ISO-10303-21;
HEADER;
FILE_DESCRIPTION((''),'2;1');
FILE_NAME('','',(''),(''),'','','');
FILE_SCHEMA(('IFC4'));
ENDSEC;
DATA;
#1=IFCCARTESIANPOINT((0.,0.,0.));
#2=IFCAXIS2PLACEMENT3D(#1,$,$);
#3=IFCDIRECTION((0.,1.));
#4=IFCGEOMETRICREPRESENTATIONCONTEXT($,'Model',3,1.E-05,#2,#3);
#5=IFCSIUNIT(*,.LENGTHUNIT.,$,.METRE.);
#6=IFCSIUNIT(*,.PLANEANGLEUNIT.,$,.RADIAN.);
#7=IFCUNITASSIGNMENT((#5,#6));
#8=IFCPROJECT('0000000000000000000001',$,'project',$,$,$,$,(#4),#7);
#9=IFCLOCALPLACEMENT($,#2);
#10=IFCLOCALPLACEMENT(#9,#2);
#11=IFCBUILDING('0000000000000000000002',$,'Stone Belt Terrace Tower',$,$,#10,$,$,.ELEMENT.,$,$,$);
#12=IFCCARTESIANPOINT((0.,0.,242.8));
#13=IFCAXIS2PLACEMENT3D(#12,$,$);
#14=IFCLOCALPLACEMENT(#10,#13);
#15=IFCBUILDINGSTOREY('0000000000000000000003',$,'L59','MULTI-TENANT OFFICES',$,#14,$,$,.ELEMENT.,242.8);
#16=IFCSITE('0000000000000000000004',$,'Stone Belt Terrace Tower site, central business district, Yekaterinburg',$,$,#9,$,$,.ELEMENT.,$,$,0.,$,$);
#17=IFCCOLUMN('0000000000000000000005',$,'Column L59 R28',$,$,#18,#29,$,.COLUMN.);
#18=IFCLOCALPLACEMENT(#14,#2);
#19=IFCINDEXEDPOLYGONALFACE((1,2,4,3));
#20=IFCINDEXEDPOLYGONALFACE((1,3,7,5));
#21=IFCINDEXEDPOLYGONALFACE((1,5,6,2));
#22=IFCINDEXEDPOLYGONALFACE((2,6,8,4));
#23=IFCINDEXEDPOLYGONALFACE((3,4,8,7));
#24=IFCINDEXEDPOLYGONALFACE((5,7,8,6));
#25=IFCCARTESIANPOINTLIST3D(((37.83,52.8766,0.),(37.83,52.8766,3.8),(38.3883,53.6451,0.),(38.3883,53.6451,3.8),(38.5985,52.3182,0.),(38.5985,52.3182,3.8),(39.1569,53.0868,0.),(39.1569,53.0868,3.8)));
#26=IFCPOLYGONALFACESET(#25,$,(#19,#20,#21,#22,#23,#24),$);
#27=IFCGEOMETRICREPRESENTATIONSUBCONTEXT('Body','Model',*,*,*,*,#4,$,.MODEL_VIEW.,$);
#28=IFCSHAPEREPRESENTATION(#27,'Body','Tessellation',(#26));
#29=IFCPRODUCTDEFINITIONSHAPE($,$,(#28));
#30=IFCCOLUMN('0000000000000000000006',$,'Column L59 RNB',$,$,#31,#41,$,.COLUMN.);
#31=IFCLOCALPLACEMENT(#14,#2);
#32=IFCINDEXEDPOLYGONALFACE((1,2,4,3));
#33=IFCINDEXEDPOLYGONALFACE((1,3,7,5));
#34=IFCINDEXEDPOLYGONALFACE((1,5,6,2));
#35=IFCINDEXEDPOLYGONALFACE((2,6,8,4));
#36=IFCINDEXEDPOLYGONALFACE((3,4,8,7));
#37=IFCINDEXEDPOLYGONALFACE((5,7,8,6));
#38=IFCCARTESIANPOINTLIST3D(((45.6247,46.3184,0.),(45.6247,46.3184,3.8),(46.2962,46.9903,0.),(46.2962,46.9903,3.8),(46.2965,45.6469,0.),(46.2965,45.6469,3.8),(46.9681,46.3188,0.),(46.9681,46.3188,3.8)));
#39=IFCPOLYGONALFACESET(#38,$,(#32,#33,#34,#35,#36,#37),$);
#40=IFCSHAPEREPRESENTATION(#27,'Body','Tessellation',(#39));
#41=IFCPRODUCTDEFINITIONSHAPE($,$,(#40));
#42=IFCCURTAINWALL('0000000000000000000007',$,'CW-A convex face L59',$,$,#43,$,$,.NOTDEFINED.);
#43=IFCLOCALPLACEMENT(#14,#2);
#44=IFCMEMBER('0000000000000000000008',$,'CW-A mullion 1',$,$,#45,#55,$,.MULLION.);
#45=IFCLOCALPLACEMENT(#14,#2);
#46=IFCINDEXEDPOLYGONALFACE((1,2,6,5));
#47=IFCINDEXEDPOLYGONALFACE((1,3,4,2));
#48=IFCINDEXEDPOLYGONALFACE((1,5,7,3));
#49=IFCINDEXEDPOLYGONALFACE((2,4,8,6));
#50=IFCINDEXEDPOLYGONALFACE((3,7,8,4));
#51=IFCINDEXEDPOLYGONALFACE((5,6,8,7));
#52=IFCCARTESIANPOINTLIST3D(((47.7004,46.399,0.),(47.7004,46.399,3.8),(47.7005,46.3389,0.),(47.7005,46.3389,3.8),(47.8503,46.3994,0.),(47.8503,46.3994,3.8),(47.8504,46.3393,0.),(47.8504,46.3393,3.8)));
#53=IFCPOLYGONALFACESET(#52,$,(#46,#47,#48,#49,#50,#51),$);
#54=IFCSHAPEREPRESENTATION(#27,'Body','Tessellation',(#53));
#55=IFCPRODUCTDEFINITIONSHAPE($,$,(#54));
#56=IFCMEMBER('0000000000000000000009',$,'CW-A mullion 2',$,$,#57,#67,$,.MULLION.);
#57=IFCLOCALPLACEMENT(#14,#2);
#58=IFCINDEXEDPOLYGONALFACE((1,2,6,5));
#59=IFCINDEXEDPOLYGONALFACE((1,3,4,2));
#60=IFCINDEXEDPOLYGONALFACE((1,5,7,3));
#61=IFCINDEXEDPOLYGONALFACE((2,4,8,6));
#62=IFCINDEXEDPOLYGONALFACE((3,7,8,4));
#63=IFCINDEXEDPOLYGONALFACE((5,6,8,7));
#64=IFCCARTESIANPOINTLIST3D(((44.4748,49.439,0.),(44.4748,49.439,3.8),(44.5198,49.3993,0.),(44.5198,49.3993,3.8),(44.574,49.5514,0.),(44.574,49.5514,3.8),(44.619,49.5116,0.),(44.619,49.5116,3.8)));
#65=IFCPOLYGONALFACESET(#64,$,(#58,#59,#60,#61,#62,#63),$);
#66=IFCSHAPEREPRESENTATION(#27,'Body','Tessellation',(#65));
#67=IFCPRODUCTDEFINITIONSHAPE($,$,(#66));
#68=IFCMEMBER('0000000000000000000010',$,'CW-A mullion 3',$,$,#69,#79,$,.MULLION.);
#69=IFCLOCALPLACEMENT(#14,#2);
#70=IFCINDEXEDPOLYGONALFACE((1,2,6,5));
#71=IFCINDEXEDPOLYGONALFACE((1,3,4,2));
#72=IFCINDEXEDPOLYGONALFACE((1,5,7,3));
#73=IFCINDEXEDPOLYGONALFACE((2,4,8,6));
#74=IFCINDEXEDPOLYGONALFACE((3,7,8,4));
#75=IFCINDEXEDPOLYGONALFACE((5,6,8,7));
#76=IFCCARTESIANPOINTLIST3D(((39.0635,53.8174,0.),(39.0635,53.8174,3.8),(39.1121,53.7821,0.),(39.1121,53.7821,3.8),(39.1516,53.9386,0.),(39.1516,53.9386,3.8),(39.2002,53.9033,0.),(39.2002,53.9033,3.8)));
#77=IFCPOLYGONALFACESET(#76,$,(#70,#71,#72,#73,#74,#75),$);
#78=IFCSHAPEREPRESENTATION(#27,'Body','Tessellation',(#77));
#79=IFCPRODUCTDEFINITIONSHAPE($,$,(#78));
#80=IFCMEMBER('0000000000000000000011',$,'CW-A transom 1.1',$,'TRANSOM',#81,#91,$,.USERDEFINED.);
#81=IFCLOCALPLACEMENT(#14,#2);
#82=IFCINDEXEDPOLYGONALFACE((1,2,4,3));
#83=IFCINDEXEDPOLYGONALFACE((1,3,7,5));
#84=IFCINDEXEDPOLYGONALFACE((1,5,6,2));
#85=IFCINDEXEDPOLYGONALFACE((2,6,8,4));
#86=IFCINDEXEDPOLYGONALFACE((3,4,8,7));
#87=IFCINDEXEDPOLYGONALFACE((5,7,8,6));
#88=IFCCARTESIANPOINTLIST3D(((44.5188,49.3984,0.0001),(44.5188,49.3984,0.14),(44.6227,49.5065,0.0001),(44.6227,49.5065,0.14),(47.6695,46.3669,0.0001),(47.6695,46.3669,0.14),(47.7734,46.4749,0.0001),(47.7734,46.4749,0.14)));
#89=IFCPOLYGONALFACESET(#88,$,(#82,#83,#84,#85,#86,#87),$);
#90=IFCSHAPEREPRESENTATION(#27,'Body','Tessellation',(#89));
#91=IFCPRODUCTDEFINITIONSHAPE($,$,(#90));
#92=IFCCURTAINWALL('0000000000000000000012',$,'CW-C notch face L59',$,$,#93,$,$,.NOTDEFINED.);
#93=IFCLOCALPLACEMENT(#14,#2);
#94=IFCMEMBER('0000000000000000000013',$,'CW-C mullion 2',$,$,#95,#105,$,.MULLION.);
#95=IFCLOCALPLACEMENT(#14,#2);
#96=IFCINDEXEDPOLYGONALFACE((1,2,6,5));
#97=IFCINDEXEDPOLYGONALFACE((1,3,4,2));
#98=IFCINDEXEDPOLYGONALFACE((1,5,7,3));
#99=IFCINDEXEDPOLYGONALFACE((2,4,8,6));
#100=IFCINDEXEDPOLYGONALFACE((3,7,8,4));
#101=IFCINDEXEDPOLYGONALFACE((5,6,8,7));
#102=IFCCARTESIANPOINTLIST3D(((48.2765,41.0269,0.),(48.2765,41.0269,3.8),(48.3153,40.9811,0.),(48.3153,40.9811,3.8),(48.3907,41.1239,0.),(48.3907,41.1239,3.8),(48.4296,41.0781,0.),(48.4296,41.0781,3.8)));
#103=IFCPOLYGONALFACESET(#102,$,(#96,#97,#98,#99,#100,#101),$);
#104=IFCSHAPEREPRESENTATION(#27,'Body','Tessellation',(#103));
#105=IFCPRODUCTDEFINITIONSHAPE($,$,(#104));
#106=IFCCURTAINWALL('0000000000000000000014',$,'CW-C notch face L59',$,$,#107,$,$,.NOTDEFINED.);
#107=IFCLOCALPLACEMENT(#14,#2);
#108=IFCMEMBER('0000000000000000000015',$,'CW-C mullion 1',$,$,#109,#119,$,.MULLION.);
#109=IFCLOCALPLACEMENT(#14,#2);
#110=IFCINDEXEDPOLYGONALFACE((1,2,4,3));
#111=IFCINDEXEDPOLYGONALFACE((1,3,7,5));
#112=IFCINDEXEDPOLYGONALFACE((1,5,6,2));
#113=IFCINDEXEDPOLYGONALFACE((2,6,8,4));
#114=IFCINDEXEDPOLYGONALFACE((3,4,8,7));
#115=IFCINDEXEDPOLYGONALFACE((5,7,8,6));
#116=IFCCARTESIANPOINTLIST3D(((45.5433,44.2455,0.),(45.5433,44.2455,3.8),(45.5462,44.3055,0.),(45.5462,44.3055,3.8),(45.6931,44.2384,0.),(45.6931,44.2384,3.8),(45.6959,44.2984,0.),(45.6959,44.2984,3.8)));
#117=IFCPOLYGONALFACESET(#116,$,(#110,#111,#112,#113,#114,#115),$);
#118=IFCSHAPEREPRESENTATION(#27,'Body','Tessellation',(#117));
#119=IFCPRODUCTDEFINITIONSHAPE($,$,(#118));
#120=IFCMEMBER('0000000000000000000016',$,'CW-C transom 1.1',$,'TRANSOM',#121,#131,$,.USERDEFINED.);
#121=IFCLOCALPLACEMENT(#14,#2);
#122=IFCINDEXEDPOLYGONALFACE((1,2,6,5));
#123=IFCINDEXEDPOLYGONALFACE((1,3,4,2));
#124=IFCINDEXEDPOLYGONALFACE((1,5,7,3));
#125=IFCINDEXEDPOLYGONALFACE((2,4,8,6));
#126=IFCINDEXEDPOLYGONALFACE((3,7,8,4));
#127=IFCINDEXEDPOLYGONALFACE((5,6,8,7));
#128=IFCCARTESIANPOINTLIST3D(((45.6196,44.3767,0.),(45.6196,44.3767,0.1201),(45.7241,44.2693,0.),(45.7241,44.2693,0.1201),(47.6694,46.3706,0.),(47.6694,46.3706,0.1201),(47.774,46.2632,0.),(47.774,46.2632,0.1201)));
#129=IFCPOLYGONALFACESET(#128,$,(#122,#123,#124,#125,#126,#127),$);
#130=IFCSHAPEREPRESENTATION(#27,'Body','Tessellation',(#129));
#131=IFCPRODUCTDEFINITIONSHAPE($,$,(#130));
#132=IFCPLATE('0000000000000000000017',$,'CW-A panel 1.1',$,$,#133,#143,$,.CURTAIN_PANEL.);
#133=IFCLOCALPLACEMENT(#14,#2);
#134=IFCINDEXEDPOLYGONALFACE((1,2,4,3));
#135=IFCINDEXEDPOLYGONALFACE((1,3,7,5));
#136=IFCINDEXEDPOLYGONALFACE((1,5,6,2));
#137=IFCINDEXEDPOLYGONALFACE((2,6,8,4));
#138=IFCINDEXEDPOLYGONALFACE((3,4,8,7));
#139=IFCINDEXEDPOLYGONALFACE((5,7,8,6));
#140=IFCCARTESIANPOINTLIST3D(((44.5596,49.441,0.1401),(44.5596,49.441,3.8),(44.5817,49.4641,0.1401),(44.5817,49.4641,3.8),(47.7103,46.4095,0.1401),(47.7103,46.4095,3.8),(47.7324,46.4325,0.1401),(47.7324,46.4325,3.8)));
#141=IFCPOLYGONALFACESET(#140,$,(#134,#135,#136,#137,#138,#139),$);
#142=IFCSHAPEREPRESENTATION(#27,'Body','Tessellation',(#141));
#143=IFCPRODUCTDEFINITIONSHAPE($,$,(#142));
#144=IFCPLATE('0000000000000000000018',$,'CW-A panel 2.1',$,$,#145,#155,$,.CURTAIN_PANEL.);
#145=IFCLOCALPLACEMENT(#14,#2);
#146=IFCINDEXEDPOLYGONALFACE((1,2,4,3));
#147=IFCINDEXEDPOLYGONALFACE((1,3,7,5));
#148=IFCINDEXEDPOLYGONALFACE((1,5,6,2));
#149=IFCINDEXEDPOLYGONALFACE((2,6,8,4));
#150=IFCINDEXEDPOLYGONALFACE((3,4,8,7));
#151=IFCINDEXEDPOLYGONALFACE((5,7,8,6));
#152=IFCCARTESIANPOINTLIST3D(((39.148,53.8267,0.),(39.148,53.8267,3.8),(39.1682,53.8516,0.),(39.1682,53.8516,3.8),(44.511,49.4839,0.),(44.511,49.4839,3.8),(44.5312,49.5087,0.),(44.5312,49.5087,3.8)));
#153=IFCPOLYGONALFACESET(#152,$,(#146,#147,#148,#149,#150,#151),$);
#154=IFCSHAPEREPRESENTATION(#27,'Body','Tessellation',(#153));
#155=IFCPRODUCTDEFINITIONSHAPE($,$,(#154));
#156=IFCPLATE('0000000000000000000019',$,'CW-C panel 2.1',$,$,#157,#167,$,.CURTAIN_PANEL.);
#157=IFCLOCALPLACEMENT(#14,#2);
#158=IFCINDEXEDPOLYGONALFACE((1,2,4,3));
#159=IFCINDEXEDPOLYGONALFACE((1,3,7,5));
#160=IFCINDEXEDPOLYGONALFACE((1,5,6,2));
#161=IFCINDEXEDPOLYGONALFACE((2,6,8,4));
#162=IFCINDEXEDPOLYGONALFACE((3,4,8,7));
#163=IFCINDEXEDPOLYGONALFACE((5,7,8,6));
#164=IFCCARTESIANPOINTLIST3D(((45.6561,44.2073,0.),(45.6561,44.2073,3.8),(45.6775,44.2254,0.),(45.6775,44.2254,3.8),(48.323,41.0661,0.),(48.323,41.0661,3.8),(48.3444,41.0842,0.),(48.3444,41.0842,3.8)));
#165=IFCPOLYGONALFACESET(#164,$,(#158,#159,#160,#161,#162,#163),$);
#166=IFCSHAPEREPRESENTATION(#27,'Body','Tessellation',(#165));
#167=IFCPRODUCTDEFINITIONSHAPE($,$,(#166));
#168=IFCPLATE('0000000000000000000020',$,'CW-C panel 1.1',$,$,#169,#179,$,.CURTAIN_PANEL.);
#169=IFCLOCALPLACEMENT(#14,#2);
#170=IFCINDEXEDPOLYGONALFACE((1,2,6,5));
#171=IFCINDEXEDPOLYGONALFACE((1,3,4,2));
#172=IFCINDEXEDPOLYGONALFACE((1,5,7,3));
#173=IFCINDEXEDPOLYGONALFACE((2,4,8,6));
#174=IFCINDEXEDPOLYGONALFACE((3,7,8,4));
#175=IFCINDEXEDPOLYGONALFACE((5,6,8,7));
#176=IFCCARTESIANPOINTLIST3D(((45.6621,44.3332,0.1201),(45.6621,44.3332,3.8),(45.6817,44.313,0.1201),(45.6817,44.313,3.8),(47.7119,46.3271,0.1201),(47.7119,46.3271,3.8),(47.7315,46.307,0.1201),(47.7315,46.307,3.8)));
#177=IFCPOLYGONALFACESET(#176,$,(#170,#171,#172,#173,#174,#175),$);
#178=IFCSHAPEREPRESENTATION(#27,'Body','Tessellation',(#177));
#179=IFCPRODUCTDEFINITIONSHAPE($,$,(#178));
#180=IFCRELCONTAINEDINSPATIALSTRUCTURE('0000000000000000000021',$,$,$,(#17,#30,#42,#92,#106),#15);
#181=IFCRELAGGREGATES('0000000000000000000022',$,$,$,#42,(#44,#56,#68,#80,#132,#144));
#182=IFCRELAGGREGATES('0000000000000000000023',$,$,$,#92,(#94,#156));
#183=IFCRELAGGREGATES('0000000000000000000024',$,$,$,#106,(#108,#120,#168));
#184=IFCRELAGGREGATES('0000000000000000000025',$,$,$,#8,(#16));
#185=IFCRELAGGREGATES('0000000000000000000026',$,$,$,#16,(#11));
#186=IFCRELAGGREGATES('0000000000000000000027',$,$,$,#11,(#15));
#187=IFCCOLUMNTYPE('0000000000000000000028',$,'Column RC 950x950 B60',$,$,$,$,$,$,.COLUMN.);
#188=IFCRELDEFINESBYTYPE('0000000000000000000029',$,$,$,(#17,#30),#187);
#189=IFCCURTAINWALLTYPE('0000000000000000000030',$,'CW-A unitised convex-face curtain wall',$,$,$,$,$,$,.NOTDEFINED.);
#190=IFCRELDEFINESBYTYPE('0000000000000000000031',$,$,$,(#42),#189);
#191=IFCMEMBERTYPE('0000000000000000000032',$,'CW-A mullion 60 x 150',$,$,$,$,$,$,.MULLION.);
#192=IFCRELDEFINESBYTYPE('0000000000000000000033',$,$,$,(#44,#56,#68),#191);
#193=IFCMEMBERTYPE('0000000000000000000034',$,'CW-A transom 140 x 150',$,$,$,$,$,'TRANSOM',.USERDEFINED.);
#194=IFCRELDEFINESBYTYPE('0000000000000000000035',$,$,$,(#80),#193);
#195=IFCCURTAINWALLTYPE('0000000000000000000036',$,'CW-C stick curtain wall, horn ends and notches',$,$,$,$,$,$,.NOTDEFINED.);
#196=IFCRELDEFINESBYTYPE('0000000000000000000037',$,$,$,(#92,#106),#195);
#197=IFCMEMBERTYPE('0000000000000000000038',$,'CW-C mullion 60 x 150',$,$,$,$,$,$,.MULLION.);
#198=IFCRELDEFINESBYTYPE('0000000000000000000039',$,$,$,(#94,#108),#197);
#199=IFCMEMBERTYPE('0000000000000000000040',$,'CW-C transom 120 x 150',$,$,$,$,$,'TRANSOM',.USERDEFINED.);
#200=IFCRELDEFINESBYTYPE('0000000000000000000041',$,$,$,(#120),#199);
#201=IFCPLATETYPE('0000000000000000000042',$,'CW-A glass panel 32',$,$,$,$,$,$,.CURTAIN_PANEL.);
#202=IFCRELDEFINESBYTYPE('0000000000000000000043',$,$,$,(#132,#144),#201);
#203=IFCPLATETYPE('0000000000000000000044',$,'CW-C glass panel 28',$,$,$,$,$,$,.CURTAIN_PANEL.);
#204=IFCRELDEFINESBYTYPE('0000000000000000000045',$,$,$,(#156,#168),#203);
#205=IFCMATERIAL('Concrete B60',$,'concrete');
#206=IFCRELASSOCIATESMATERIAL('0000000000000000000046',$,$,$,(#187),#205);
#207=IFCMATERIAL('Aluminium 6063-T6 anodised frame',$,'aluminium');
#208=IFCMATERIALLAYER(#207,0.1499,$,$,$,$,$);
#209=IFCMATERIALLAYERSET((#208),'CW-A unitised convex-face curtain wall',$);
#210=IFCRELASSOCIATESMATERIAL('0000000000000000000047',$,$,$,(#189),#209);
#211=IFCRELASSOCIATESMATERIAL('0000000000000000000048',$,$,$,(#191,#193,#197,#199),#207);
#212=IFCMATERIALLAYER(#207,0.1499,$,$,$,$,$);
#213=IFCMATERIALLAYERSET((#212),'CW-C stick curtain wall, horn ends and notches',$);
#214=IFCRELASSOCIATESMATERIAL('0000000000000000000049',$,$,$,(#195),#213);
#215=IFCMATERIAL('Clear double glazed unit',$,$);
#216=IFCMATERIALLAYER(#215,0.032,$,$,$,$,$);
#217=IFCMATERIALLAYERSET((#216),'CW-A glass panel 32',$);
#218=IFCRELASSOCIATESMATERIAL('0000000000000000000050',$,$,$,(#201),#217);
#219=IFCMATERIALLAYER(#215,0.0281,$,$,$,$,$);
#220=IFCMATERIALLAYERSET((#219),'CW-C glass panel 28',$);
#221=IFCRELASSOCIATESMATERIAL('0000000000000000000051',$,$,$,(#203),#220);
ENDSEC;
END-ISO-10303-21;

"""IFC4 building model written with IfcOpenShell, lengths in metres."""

from ifc_helpers import new_model, si_unit, direction, frame, origin, origin_2d, place, context, subcontext, project, spatial, rectangle, extrude, material, layer, layer_set, material_profile, profile_set, type_object, element, aggregate, save


model = new_model("IFC4")

# Units and contexts
model_context = context("Model", 3, precision=1e-05, world=origin(), true_north=direction((0.0, 1.0)))
body_context = subcontext(model_context, "Body", "Model", "MODEL_VIEW")
ifc_project = project(units=[si_unit("LENGTHUNIT", "METRE"), si_unit("PLANEANGLEUNIT", "RADIAN")], contexts=[model_context])

# Site, building, storey
site_placement = place(None, origin())
site = spatial("IfcSite", under=ifc_project, at=site_placement, Name="Stone Belt Terrace Tower site, central business district, Yekaterinburg", CompositionType="ELEMENT", RefElevation=0.0)
building_placement = place(site_placement, origin())
building = spatial("IfcBuilding", under=site, at=building_placement, Name="Stone Belt Terrace Tower", CompositionType="ELEMENT")
storey_placement = place(building_placement, frame((0.0, 0.0, 242.8)))
storey = spatial("IfcBuildingStorey", under=building, at=storey_placement, Name="L59", Description="MULTI-TENANT OFFICES", CompositionType="ELEMENT", Elevation=242.8)

# Columns
ifc_material_1 = material(Name="Concrete B60", Category="concrete")
ifc_material_profile_1 = material_profile(ifc_material_1, rectangle(XDim=0.95, YDim=0.95, at=origin_2d()), Name="RC 950x950")
ifc_profile_set_1 = profile_set([ifc_material_profile_1], Name="Concrete B60")
column_type = type_object("IfcColumnType", Name="Column RC 950x950 B60", PredefinedType="COLUMN", material=ifc_profile_set_1)
for number, where, z_axis, x_axis, name in (
    (1, (38.4934, 52.9817, 0.0), (0.0, 0.0, 1.0), (0.809017, -0.587785, 0.0), "Column L59 R28"),
    (2, (46.2964, 46.3186, 0.0), (0.0, 0.0, 1.0), (0.707276, -0.706938, 0.0), "Column L59 RNB"),
):
    element("IfcColumn", number, at=place(storey_placement, frame(where, z_axis=z_axis, x_axis=x_axis)), inside=storey, type_object=column_type, Name=name, PredefinedType="COLUMN", context=body_context, shape_type="SweptSolid", body=[
        extrude(rectangle(XDim=0.95, YDim=0.95, at=origin_2d()), origin(), (0.0, 0.0, 1.0), 3.8),
    ])

# Curtain wall, members
ifc_material_2 = material(Name="Aluminium 6063-T6 anodised frame", Category="aluminium")
ifc_layer_1 = layer(ifc_material_2, 0.1499)
ifc_layer_set_1 = layer_set([ifc_layer_1], Name="CW-A unitised convex-face curtain wall")
curtain_wall_type_1 = type_object("IfcCurtainWallType", Name="CW-A unitised convex-face curtain wall", PredefinedType="NOTDEFINED", material=ifc_layer_set_1)
curtain_wall_1_placement = place(storey_placement, origin())
curtain_wall_1 = element("IfcCurtainWall", 3, at=curtain_wall_1_placement, inside=storey, type_object=curtain_wall_type_1, Name="CW-A convex face L59", PredefinedType="NOTDEFINED")
ifc_material_profile_2 = material_profile(ifc_material_2, rectangle(XDim=0.1499, YDim=0.0601, at=origin_2d()), Name="Aluminium 6063-T6 60x150")
ifc_profile_set_2 = profile_set([ifc_material_profile_2], Name="Aluminium 6063-T6 anodised frame")
member_type_1 = type_object("IfcMemberType", Name="CW-A mullion 60 x 150", PredefinedType="MULLION", material=ifc_profile_set_2)
member_1_placement = place(storey_placement, frame((47.7754, 46.3691, 0.0), z_axis=(0.0, 0.0, 1.0), x_axis=(-0.999996, -0.002733, 0.0)))
member_1 = element("IfcMember", 4, at=member_1_placement, type_object=member_type_1, Name="CW-A mullion 1", PredefinedType="MULLION", context=body_context, shape_type="SweptSolid", body=[
    extrude(rectangle(XDim=0.1499, YDim=0.0601, at=origin_2d()), origin(), (0.0, 0.0, 1.0), 3.8),
])
member_2_placement = place(storey_placement, frame((44.5469, 49.4753, 0.0), z_axis=(0.0, 0.0, 1.0), x_axis=(-0.661937, -0.749559, 0.0)))
member_2 = element("IfcMember", 5, at=member_2_placement, type_object=member_type_1, Name="CW-A mullion 2", PredefinedType="MULLION", context=body_context, shape_type="SweptSolid", body=[
    extrude(rectangle(XDim=0.1499, YDim=0.0601, at=origin_2d()), origin(), (0.0, 0.0, 1.0), 3.8),
])
member_3_placement = place(storey_placement, frame((39.1318, 53.8604, 0.0), z_axis=(0.0, 0.0, 1.0), x_axis=(-0.587785, -0.809017, 0.0)))
member_3 = element("IfcMember", 6, at=member_3_placement, type_object=member_type_1, Name="CW-A mullion 3", PredefinedType="MULLION", context=body_context, shape_type="SweptSolid", body=[
    extrude(rectangle(XDim=0.1499, YDim=0.0601, at=origin_2d()), origin(), (0.0, 0.0, 1.0), 3.8),
])
ifc_material_profile_3 = material_profile(ifc_material_2, rectangle(XDim=0.1499, YDim=0.1399, at=origin_2d()), Name="Aluminium 6063-T6 150x140")
ifc_profile_set_3 = profile_set([ifc_material_profile_3], Name="Aluminium 6063-T6 anodised frame")
member_type_2 = type_object("IfcMemberType", Name="CW-A transom 140 x 150", ElementType="TRANSOM", PredefinedType="USERDEFINED", material=ifc_profile_set_3)
member_4_placement = place(storey_placement, frame((47.7214, 46.4209, 0.0701), z_axis=(-0.7206, 0.693351, 0.0), x_axis=(-0.693351, -0.7206, 0.0)))
member_4 = element("IfcMember", 7, at=member_4_placement, type_object=member_type_2, Name="CW-A transom 1.1", ObjectType="TRANSOM", PredefinedType="USERDEFINED", context=body_context, shape_type="SweptSolid", body=[
    extrude(rectangle(XDim=0.1499, YDim=0.1399, at=origin_2d()), origin(), (0.0, 0.0, 1.0), 4.3723),
])

# Curtain wall, member
ifc_layer_2 = layer(ifc_material_2, 0.1499)
ifc_layer_set_2 = layer_set([ifc_layer_2], Name="CW-C stick curtain wall, horn ends and notches")
curtain_wall_type_2 = type_object("IfcCurtainWallType", Name="CW-C stick curtain wall, horn ends and notches", PredefinedType="NOTDEFINED", material=ifc_layer_set_2)
curtain_wall_2_placement = place(storey_placement, origin())
curtain_wall_2 = element("IfcCurtainWall", 8, at=curtain_wall_2_placement, inside=storey, type_object=curtain_wall_type_2, Name="CW-C notch face L59", PredefinedType="NOTDEFINED")
ifc_material_profile_4 = material_profile(ifc_material_2, rectangle(XDim=0.1499, YDim=0.0601, at=origin_2d()), Name="Aluminium 6063-T6 60x150")
ifc_profile_set_4 = profile_set([ifc_material_profile_4], Name="Aluminium 6063-T6 anodised frame")
member_type_3 = type_object("IfcMemberType", Name="CW-C mullion 60 x 150", PredefinedType="MULLION", material=ifc_profile_set_4)
member_5_placement = place(storey_placement, frame((48.353, 41.0525, 0.0), z_axis=(0.0, 0.0, 1.0), x_axis=(-0.762311, -0.647211, 0.0)))
member_5 = element("IfcMember", 9, at=member_5_placement, type_object=member_type_3, Name="CW-C mullion 2", PredefinedType="MULLION", context=body_context, shape_type="SweptSolid", body=[
    extrude(rectangle(XDim=0.1499, YDim=0.0601, at=origin_2d()), origin(), (0.0, 0.0, 1.0), 3.8),
])

# Curtain wall, members
curtain_wall_3_placement = place(storey_placement, origin())
curtain_wall_3 = element("IfcCurtainWall", 10, at=curtain_wall_3_placement, inside=storey, type_object=curtain_wall_type_2, Name="CW-C notch face L59", PredefinedType="NOTDEFINED")
member_6_placement = place(storey_placement, frame((45.6196, 44.272, 0.0), z_axis=(0.0, 0.0, 1.0), x_axis=(-0.998865, 0.047626, 0.0)))
member_6 = element("IfcMember", 11, at=member_6_placement, type_object=member_type_3, Name="CW-C mullion 1", PredefinedType="MULLION", context=body_context, shape_type="SweptSolid", body=[
    extrude(rectangle(XDim=0.1499, YDim=0.0601, at=origin_2d()), origin(), (0.0, 0.0, 1.0), 3.8),
])
ifc_material_profile_5 = material_profile(ifc_material_2, rectangle(XDim=0.1499, YDim=0.1201, at=origin_2d()), Name="Aluminium 6063-T6 150x120")
ifc_profile_set_5 = profile_set([ifc_material_profile_5], Name="Aluminium 6063-T6 anodised frame")
member_type_4 = type_object("IfcMemberType", Name="CW-C transom 120 x 150", ElementType="TRANSOM", PredefinedType="USERDEFINED", material=ifc_profile_set_5)
member_7_placement = place(storey_placement, frame((45.6719, 44.323, 0.0601), z_axis=(0.716815, 0.697264, 0.0), x_axis=(-0.697264, 0.716815, 0.0)))
member_7 = element("IfcMember", 12, at=member_7_placement, type_object=member_type_4, Name="CW-C transom 1.1", ObjectType="TRANSOM", PredefinedType="USERDEFINED", context=body_context, shape_type="SweptSolid", body=[
    extrude(rectangle(XDim=0.1499, YDim=0.1201, at=origin_2d()), origin(), (0.0, 0.0, 1.0), 2.8596),
])

# Plates
ifc_material_3 = material(Name="Clear double glazed unit")
ifc_layer_3 = layer(ifc_material_3, 0.032)
ifc_layer_set_3 = layer_set([ifc_layer_3], Name="CW-A glass panel 32")
plate_type_1 = type_object("IfcPlateType", Name="CW-A glass panel 32", PredefinedType="CURTAIN_PANEL", material=ifc_layer_set_3)
plate_1_placement = place(storey_placement, frame((46.146, 47.9368, 0.1401), z_axis=(0.0, 0.0, 1.0), x_axis=(-0.720604, 0.693346, 0.0)))
plate_1 = element("IfcPlate", 13, at=plate_1_placement, type_object=plate_type_1, Name="CW-A panel 1.1", PredefinedType="CURTAIN_PANEL", context=body_context, shape_type="SweptSolid", body=[
    extrude(rectangle(XDim=4.3723, YDim=0.032, at=origin_2d()), origin(), (0.0, 0.0, 1.0), 3.6599),
])
plate_2_placement = place(storey_placement, frame((41.8396, 51.6677, 0.0), z_axis=(0.0, 0.0, 1.0), x_axis=(-0.777146, 0.62932, 0.0)))
plate_2 = element("IfcPlate", 14, at=plate_2_placement, type_object=plate_type_1, Name="CW-A panel 2.1", PredefinedType="CURTAIN_PANEL", context=body_context, shape_type="SweptSolid", body=[
    extrude(rectangle(XDim=6.9009, YDim=0.032, at=origin_2d()), origin(), (0.0, 0.0, 1.0), 3.8),
])
aggregate(curtain_wall_1, [member_1, member_2, member_3, member_4, plate_1, plate_2])
ifc_layer_4 = layer(ifc_material_3, 0.0281)
ifc_layer_set_4 = layer_set([ifc_layer_4], Name="CW-C glass panel 28")
plate_type_2 = type_object("IfcPlateType", Name="CW-C glass panel 28", PredefinedType="CURTAIN_PANEL", material=ifc_layer_set_4)
plate_3_placement = place(storey_placement, frame((47.0002, 42.6458, 0.0), z_axis=(0.0, 0.0, 1.0), x_axis=(-0.647211, 0.762311, 0.0)))
plate_3 = element("IfcPlate", 15, at=plate_3_placement, type_object=plate_type_2, Name="CW-C panel 2.1", PredefinedType="CURTAIN_PANEL", context=body_context, shape_type="SweptSolid", body=[
    extrude(rectangle(XDim=4.1206, YDim=0.0281, at=origin_2d()), origin(), (0.0, 0.0, 1.0), 3.8),
])
aggregate(curtain_wall_2, [member_5, plate_3])
plate_4_placement = place(storey_placement, frame((46.6968, 45.3201, 0.1201), z_axis=(0.0, 0.0, 1.0), x_axis=(0.716803, 0.697275, 0.0)))
plate_4 = element("IfcPlate", 16, at=plate_4_placement, type_object=plate_type_2, Name="CW-C panel 1.1", PredefinedType="CURTAIN_PANEL", context=body_context, shape_type="SweptSolid", body=[
    extrude(rectangle(XDim=2.8596, YDim=0.0281, at=origin_2d()), origin(), (0.0, 0.0, 1.0), 3.6799),
])
aggregate(curtain_wall_3, [member_6, member_7, plate_4])

save(model, "model.ifc")
